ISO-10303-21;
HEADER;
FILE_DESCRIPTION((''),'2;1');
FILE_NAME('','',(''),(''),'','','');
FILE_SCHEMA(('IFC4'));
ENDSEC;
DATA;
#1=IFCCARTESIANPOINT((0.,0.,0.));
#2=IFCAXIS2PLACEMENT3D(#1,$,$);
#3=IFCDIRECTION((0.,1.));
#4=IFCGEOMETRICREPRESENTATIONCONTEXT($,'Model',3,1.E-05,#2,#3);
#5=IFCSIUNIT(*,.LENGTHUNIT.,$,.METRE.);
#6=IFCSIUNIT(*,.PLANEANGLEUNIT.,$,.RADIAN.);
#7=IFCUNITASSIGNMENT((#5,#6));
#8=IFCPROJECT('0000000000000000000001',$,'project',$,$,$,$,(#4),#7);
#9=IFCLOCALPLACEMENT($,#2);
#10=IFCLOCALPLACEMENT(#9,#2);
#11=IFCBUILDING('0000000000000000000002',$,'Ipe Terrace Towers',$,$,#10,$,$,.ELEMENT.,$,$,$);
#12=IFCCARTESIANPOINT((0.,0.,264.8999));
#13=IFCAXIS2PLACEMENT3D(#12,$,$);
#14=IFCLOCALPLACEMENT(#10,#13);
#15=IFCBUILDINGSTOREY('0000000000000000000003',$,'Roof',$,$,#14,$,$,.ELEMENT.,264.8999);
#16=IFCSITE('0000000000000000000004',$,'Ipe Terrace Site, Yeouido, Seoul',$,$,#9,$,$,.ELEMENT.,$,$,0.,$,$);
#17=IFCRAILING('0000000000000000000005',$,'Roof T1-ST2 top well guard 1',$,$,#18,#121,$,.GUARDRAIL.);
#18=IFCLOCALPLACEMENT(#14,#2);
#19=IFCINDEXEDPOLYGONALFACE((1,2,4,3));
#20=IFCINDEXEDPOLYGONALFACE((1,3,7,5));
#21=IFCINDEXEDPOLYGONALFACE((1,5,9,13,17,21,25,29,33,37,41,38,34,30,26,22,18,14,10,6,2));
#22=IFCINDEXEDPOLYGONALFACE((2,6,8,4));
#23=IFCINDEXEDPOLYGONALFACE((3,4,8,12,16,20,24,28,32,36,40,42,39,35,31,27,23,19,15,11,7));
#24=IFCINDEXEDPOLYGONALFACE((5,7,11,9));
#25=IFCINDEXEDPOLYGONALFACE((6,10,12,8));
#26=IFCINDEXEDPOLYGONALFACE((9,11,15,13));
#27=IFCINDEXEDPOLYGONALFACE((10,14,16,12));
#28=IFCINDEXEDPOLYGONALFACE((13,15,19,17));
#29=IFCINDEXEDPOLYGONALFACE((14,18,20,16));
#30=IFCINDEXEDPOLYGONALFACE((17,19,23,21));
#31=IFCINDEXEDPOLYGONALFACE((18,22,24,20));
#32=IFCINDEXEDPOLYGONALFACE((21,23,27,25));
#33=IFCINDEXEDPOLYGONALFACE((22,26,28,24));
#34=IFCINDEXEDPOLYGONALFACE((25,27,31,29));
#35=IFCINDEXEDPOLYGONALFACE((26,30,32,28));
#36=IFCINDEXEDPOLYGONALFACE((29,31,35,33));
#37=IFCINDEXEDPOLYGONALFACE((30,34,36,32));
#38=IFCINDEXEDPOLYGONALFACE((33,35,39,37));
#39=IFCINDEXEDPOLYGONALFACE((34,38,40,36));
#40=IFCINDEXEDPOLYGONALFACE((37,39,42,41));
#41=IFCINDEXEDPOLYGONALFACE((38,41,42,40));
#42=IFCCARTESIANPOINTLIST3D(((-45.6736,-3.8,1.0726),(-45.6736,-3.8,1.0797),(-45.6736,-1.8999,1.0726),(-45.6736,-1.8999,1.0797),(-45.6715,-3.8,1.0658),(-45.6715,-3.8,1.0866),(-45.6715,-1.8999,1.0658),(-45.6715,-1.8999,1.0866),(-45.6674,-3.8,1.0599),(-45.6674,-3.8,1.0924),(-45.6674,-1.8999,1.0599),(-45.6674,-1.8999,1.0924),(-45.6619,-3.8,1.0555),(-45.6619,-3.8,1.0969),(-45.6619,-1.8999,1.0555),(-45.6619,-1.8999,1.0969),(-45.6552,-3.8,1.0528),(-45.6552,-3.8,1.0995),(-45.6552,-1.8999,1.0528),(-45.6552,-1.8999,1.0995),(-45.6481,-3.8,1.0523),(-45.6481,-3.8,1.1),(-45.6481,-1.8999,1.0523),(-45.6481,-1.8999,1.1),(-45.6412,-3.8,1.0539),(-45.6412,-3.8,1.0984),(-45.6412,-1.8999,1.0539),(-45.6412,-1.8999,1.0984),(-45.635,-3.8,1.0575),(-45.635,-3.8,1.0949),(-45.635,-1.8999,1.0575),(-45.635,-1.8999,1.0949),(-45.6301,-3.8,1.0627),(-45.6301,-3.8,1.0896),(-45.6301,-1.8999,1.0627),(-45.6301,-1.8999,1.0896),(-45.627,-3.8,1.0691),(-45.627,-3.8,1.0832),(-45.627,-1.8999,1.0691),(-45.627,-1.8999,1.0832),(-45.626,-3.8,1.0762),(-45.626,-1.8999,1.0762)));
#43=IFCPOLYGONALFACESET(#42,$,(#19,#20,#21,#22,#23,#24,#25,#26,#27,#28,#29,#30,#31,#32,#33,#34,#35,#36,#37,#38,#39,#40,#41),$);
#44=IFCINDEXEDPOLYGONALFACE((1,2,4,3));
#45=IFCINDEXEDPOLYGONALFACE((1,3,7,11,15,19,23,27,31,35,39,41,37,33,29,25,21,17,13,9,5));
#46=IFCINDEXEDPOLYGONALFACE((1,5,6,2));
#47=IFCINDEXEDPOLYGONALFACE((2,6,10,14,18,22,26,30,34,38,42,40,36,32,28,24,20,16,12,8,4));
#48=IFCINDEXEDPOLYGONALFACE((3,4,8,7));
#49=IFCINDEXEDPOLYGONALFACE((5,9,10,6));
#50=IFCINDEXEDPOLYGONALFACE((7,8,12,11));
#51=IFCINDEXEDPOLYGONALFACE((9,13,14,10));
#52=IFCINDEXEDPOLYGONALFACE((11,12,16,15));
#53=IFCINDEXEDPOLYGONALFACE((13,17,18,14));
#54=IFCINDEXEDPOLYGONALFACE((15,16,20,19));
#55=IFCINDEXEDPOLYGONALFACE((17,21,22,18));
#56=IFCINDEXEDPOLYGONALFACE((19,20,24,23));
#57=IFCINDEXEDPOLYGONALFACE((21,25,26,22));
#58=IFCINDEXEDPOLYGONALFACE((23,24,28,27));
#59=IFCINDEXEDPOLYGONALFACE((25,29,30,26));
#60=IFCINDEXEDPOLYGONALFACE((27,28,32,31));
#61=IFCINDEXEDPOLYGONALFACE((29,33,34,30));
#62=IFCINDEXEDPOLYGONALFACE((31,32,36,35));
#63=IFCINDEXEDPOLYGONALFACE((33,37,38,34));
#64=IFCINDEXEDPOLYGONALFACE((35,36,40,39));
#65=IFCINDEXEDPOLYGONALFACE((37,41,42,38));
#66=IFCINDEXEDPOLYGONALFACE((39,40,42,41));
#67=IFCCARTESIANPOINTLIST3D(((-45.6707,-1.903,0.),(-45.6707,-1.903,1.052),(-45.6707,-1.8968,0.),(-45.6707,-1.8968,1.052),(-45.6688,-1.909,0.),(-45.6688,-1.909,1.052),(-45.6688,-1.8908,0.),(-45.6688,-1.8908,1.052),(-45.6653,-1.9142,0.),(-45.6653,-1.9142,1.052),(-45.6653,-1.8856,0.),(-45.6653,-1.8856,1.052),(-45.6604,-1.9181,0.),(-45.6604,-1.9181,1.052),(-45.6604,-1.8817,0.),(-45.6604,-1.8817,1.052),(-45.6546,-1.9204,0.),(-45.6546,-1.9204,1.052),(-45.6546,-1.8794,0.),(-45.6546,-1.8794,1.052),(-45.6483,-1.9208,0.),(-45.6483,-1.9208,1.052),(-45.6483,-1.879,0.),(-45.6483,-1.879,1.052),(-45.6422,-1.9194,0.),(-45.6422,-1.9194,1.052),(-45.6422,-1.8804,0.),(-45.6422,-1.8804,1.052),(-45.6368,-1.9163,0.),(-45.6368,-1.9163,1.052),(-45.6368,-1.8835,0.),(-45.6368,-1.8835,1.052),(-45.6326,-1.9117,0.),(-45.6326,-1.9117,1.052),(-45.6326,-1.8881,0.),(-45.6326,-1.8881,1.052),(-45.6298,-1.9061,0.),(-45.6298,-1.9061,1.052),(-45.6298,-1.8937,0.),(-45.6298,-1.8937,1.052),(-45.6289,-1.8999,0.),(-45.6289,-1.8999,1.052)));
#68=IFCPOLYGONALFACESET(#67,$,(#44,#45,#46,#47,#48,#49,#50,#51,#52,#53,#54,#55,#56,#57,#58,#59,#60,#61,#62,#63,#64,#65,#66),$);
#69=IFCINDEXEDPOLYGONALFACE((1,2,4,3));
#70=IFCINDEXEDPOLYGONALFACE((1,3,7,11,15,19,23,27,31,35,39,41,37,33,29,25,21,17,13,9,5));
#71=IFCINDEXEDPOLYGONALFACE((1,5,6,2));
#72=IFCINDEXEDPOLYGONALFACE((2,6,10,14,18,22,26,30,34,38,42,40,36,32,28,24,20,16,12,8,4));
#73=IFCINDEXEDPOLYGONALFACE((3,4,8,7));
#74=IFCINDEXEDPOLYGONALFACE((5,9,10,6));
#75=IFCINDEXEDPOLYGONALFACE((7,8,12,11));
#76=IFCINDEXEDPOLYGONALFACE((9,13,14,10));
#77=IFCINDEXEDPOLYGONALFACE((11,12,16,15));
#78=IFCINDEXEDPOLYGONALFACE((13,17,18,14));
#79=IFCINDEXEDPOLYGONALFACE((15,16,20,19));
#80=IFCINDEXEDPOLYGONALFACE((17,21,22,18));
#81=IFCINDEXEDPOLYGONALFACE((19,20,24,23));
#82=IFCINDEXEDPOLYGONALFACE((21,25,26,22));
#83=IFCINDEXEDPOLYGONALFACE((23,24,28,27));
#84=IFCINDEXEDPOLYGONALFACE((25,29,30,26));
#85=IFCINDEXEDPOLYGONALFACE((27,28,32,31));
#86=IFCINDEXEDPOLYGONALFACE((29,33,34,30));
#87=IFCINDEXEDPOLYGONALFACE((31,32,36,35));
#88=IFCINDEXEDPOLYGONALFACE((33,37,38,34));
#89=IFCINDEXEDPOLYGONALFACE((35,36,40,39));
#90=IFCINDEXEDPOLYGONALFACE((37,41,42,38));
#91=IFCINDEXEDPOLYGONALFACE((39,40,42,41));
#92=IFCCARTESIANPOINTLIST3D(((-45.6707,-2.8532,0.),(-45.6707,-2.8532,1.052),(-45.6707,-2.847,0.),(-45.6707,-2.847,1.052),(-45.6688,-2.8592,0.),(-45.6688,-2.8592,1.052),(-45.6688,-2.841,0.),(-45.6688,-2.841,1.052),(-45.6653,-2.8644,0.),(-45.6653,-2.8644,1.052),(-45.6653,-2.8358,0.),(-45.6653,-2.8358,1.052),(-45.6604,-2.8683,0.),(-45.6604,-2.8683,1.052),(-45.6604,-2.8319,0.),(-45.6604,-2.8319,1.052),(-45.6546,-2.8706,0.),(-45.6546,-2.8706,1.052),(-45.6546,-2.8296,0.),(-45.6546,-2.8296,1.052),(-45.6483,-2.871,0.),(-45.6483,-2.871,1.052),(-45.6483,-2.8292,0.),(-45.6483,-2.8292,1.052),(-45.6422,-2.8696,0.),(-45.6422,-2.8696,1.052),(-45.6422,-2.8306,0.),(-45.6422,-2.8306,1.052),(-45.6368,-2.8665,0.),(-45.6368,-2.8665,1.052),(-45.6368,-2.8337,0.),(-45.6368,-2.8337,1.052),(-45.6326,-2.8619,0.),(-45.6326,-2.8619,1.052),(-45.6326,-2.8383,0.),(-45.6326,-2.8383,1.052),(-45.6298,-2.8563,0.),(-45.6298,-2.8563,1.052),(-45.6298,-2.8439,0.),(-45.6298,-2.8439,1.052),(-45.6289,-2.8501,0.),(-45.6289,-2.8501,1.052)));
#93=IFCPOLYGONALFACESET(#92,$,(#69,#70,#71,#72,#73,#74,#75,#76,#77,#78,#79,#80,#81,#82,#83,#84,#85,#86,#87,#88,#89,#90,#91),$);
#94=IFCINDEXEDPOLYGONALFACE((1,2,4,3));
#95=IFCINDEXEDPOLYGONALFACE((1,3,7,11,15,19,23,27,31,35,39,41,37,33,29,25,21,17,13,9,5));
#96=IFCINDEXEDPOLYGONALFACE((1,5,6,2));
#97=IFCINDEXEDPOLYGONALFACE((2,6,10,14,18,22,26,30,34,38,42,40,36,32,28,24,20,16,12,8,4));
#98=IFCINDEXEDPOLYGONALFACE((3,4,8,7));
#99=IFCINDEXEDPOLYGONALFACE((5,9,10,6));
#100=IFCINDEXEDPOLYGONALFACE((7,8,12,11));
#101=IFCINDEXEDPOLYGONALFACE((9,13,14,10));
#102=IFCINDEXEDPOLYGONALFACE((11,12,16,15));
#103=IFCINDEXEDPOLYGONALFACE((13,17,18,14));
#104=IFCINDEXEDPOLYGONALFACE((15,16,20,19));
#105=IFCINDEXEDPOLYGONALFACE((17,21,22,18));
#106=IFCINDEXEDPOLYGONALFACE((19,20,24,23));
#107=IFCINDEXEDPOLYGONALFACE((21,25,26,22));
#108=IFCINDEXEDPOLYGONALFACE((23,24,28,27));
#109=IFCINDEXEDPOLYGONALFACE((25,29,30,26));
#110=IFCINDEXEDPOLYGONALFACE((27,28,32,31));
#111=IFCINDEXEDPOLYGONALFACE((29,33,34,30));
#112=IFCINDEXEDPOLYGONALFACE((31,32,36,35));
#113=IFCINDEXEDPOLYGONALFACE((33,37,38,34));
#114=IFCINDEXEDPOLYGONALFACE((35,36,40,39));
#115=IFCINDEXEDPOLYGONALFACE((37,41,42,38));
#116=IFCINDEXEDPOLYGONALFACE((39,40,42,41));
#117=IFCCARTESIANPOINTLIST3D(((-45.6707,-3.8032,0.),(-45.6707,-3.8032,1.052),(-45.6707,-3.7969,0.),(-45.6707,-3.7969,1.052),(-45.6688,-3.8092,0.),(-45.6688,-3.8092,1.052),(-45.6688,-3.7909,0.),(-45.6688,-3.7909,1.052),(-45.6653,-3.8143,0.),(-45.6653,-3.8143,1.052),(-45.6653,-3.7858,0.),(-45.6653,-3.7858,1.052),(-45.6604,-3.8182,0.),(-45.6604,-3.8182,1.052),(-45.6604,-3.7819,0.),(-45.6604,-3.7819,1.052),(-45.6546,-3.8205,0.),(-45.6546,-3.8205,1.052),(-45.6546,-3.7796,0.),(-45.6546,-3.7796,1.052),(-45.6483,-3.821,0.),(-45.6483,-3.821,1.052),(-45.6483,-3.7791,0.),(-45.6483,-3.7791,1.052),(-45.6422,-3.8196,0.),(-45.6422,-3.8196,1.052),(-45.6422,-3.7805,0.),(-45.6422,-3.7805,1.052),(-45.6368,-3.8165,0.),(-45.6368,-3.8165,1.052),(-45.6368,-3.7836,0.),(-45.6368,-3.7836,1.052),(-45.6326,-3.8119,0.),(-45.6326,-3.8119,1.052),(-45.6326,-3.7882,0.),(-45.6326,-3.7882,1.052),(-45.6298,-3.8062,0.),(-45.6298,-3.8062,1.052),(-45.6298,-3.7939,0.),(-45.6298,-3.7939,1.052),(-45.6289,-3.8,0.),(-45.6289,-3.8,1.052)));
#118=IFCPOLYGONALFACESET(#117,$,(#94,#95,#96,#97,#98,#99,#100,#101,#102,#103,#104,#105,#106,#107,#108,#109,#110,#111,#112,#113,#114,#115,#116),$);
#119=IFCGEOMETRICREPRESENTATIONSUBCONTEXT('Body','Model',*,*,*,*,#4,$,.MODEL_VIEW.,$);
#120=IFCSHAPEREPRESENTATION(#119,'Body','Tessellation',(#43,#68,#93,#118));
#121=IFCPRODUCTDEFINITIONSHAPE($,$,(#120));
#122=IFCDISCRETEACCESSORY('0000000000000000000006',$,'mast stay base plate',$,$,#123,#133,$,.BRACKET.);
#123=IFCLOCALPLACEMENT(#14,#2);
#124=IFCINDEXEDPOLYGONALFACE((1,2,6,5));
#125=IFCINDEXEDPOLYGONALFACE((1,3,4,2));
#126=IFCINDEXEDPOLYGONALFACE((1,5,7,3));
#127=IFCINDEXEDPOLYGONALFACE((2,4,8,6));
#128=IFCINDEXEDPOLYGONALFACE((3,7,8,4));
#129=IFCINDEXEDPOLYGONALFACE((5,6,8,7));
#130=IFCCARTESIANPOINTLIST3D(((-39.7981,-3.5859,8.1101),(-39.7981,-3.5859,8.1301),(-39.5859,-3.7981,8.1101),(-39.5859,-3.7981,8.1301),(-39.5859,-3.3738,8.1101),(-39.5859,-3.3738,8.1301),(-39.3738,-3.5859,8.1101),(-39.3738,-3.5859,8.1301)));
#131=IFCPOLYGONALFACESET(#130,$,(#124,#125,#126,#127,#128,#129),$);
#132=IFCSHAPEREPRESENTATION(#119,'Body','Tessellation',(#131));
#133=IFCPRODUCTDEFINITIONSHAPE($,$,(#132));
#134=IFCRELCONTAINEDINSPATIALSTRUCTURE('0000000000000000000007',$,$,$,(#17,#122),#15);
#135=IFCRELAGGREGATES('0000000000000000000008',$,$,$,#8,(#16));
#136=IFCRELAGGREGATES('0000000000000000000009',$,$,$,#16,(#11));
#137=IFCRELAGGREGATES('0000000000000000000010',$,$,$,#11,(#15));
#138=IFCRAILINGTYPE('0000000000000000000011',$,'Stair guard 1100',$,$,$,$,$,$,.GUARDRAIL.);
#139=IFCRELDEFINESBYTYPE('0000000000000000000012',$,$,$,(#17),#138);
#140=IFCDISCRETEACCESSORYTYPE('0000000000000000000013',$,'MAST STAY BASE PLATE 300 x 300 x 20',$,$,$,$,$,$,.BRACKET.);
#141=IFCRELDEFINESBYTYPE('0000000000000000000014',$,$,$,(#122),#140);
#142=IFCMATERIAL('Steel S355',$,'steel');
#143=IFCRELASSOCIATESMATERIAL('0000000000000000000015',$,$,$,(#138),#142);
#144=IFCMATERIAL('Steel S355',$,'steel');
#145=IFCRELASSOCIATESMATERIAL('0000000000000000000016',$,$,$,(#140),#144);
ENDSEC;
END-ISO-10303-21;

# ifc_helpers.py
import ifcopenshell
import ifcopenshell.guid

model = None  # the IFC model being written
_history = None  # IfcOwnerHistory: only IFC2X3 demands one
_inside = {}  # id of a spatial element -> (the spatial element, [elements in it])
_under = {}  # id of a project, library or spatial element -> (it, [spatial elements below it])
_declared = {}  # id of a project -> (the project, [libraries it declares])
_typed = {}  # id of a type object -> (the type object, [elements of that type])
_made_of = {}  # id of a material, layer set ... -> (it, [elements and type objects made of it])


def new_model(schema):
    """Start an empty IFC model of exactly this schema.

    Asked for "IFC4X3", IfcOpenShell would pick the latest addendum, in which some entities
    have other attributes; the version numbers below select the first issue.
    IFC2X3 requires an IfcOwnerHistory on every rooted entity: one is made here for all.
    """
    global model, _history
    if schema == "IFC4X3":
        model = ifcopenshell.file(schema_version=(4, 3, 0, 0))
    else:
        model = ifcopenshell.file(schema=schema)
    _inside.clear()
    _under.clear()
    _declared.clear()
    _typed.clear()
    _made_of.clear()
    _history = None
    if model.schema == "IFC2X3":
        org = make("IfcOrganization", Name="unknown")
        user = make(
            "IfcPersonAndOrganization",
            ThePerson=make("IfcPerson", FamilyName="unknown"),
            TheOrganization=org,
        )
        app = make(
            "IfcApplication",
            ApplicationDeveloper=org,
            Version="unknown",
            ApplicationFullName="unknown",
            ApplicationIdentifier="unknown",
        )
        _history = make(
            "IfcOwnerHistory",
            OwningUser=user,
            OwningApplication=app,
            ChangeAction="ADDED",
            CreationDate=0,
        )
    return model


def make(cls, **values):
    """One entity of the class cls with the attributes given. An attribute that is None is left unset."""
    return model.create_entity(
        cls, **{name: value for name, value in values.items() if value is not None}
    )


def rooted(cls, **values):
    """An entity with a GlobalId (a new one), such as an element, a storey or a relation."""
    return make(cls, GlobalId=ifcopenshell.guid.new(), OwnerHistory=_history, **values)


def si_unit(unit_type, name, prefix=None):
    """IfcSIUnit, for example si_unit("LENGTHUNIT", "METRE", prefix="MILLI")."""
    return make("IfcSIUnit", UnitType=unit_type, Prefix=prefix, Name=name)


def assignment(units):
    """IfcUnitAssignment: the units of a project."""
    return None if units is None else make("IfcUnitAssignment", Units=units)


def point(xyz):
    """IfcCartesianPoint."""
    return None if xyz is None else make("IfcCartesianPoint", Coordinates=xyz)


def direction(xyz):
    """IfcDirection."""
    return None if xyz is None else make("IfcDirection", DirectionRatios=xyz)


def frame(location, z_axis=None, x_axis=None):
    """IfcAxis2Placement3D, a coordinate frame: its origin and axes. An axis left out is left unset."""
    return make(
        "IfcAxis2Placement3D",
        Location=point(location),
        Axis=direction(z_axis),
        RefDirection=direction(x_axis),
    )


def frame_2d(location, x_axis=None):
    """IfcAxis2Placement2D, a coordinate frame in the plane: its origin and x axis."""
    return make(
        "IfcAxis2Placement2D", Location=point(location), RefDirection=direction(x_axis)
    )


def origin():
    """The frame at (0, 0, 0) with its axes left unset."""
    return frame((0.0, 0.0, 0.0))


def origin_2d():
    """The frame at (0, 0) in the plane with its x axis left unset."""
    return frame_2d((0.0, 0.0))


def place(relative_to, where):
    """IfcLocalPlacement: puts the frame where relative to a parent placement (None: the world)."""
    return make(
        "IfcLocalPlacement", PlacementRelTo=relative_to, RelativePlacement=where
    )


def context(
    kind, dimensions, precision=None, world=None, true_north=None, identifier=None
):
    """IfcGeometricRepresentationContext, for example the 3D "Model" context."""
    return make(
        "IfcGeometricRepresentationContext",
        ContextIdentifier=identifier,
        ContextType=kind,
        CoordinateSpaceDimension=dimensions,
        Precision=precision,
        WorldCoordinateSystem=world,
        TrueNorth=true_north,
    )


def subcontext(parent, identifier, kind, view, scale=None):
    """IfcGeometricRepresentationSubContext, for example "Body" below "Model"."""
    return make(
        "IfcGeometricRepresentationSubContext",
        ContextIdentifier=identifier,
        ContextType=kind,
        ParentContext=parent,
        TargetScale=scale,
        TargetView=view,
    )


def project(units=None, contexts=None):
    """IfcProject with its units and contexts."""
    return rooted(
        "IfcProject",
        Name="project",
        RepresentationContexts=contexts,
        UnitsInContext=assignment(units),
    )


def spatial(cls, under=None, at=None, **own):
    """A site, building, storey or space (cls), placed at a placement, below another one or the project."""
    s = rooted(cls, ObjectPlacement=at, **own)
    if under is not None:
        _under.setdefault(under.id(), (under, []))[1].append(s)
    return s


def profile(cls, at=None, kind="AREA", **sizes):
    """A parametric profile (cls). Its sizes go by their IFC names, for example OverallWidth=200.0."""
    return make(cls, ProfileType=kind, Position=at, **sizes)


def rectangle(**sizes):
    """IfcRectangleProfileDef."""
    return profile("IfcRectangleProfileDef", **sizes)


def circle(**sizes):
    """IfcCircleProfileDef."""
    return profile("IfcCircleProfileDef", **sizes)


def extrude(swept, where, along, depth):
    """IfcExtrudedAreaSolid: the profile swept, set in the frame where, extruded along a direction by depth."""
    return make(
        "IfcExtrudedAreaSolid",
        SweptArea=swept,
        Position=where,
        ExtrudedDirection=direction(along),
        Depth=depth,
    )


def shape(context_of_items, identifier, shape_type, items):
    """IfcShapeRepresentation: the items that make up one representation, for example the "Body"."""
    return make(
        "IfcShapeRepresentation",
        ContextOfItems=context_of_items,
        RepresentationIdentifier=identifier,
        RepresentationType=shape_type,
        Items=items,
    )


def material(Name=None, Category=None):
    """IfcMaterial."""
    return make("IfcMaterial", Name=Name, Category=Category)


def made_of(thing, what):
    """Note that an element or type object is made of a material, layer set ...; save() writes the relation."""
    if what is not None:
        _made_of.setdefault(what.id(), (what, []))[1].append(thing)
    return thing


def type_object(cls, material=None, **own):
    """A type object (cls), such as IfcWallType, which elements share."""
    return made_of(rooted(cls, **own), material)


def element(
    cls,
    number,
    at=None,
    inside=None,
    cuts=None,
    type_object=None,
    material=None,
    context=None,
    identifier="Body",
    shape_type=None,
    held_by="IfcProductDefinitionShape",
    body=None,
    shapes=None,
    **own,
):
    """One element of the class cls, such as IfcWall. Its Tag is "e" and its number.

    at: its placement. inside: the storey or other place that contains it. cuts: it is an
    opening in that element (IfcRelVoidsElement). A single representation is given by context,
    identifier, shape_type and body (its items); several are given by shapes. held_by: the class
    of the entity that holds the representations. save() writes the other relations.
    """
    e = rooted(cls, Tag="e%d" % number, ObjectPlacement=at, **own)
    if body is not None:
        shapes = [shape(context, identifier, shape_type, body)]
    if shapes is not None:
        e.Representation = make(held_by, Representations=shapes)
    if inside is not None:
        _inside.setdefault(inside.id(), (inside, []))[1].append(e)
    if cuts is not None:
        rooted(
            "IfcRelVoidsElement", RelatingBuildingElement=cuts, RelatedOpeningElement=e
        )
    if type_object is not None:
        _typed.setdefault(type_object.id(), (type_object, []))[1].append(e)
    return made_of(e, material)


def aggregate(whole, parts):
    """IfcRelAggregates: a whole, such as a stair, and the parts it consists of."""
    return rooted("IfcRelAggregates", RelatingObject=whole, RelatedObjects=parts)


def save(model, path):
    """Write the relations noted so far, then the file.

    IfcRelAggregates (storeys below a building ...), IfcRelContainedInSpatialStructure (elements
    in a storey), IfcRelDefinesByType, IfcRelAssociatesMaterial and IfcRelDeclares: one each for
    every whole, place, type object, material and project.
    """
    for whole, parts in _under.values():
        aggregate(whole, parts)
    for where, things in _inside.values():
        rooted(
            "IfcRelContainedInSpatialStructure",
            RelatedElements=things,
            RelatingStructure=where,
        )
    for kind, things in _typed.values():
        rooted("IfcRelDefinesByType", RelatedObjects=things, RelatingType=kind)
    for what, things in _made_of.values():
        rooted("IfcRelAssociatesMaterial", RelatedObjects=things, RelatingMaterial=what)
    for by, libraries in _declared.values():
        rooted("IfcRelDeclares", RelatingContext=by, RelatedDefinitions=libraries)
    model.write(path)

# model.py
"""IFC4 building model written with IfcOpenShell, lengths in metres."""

from ifc_helpers import new_model, si_unit, direction, frame, origin, origin_2d, place, context, subcontext, project, spatial, rectangle, circle, extrude, material, type_object, element, save


model = new_model("IFC4")

# Units and contexts
model_context = context("Model", 3, precision=1e-05, world=origin(), true_north=direction((0.0, 1.0)))
body_context = subcontext(model_context, "Body", "Model", "MODEL_VIEW")
ifc_project = project(units=[si_unit("LENGTHUNIT", "METRE"), si_unit("PLANEANGLEUNIT", "RADIAN")], contexts=[model_context])

# Site, building, storey
site_placement = place(None, origin())
site = spatial("IfcSite", under=ifc_project, at=site_placement, Name="Ipe Terrace Site, Yeouido, Seoul", CompositionType="ELEMENT", RefElevation=0.0)
building_placement = place(site_placement, origin())
building = spatial("IfcBuilding", under=site, at=building_placement, Name="Ipe Terrace Towers", CompositionType="ELEMENT")
storey_placement = place(building_placement, frame((0.0, 0.0, 264.8999)))
storey = spatial("IfcBuildingStorey", under=building, at=storey_placement, Name="Roof", CompositionType="ELEMENT", Elevation=264.8999)

# Railing
ifc_material_1 = material(Name="Steel S355", Category="steel")
railing_type = type_object("IfcRailingType", Name="Stair guard 1100", PredefinedType="GUARDRAIL", material=ifc_material_1)
railing_placement = place(storey_placement, frame((-45.6499, -1.8999, 0.0)))
element("IfcRailing", 1, at=railing_placement, inside=storey, type_object=railing_type, Name="Roof T1-ST2 top well guard 1", PredefinedType="GUARDRAIL", context=body_context, shape_type="SweptSolid", body=[
    extrude(circle(Radius=0.0239, at=origin_2d()), frame((0.0, 0.0, 1.0762), z_axis=(0.0, -1.0, 0.0), x_axis=(1.0, 0.0, 0.0)), (0.0, 0.0, 1.0), 1.9001),
    extrude(circle(Radius=0.021, at=origin_2d()), origin(), (0.0, 0.0, 1.0), 1.052),
    extrude(circle(Radius=0.021, at=origin_2d()), frame((0.0, -0.9502, 0.0)), (0.0, 0.0, 1.0), 1.052),
    extrude(circle(Radius=0.021, at=origin_2d()), frame((0.0, -1.9001, 0.0)), (0.0, 0.0, 1.0), 1.052),
])

# Discrete accessory
ifc_material_2 = material(Name="Steel S355", Category="steel")
discrete_accessory_type = type_object("IfcDiscreteAccessoryType", Name="MAST STAY BASE PLATE 300 x 300 x 20", PredefinedType="BRACKET", material=ifc_material_2)
discrete_accessory_placement = place(storey_placement, frame((-39.5859, -3.5859, 8.1101), z_axis=(0.0, 0.0, 1.0), x_axis=(0.707107, 0.707107, 0.0)))
element("IfcDiscreteAccessory", 2, at=discrete_accessory_placement, inside=storey, type_object=discrete_accessory_type, Name="mast stay base plate", PredefinedType="BRACKET", context=body_context, shape_type="SweptSolid", body=[
    extrude(rectangle(XDim=0.3, YDim=0.3, at=origin_2d()), origin(), (0.0, 0.0, 1.0), 0.02),
])

save(model, "model.ifc")
